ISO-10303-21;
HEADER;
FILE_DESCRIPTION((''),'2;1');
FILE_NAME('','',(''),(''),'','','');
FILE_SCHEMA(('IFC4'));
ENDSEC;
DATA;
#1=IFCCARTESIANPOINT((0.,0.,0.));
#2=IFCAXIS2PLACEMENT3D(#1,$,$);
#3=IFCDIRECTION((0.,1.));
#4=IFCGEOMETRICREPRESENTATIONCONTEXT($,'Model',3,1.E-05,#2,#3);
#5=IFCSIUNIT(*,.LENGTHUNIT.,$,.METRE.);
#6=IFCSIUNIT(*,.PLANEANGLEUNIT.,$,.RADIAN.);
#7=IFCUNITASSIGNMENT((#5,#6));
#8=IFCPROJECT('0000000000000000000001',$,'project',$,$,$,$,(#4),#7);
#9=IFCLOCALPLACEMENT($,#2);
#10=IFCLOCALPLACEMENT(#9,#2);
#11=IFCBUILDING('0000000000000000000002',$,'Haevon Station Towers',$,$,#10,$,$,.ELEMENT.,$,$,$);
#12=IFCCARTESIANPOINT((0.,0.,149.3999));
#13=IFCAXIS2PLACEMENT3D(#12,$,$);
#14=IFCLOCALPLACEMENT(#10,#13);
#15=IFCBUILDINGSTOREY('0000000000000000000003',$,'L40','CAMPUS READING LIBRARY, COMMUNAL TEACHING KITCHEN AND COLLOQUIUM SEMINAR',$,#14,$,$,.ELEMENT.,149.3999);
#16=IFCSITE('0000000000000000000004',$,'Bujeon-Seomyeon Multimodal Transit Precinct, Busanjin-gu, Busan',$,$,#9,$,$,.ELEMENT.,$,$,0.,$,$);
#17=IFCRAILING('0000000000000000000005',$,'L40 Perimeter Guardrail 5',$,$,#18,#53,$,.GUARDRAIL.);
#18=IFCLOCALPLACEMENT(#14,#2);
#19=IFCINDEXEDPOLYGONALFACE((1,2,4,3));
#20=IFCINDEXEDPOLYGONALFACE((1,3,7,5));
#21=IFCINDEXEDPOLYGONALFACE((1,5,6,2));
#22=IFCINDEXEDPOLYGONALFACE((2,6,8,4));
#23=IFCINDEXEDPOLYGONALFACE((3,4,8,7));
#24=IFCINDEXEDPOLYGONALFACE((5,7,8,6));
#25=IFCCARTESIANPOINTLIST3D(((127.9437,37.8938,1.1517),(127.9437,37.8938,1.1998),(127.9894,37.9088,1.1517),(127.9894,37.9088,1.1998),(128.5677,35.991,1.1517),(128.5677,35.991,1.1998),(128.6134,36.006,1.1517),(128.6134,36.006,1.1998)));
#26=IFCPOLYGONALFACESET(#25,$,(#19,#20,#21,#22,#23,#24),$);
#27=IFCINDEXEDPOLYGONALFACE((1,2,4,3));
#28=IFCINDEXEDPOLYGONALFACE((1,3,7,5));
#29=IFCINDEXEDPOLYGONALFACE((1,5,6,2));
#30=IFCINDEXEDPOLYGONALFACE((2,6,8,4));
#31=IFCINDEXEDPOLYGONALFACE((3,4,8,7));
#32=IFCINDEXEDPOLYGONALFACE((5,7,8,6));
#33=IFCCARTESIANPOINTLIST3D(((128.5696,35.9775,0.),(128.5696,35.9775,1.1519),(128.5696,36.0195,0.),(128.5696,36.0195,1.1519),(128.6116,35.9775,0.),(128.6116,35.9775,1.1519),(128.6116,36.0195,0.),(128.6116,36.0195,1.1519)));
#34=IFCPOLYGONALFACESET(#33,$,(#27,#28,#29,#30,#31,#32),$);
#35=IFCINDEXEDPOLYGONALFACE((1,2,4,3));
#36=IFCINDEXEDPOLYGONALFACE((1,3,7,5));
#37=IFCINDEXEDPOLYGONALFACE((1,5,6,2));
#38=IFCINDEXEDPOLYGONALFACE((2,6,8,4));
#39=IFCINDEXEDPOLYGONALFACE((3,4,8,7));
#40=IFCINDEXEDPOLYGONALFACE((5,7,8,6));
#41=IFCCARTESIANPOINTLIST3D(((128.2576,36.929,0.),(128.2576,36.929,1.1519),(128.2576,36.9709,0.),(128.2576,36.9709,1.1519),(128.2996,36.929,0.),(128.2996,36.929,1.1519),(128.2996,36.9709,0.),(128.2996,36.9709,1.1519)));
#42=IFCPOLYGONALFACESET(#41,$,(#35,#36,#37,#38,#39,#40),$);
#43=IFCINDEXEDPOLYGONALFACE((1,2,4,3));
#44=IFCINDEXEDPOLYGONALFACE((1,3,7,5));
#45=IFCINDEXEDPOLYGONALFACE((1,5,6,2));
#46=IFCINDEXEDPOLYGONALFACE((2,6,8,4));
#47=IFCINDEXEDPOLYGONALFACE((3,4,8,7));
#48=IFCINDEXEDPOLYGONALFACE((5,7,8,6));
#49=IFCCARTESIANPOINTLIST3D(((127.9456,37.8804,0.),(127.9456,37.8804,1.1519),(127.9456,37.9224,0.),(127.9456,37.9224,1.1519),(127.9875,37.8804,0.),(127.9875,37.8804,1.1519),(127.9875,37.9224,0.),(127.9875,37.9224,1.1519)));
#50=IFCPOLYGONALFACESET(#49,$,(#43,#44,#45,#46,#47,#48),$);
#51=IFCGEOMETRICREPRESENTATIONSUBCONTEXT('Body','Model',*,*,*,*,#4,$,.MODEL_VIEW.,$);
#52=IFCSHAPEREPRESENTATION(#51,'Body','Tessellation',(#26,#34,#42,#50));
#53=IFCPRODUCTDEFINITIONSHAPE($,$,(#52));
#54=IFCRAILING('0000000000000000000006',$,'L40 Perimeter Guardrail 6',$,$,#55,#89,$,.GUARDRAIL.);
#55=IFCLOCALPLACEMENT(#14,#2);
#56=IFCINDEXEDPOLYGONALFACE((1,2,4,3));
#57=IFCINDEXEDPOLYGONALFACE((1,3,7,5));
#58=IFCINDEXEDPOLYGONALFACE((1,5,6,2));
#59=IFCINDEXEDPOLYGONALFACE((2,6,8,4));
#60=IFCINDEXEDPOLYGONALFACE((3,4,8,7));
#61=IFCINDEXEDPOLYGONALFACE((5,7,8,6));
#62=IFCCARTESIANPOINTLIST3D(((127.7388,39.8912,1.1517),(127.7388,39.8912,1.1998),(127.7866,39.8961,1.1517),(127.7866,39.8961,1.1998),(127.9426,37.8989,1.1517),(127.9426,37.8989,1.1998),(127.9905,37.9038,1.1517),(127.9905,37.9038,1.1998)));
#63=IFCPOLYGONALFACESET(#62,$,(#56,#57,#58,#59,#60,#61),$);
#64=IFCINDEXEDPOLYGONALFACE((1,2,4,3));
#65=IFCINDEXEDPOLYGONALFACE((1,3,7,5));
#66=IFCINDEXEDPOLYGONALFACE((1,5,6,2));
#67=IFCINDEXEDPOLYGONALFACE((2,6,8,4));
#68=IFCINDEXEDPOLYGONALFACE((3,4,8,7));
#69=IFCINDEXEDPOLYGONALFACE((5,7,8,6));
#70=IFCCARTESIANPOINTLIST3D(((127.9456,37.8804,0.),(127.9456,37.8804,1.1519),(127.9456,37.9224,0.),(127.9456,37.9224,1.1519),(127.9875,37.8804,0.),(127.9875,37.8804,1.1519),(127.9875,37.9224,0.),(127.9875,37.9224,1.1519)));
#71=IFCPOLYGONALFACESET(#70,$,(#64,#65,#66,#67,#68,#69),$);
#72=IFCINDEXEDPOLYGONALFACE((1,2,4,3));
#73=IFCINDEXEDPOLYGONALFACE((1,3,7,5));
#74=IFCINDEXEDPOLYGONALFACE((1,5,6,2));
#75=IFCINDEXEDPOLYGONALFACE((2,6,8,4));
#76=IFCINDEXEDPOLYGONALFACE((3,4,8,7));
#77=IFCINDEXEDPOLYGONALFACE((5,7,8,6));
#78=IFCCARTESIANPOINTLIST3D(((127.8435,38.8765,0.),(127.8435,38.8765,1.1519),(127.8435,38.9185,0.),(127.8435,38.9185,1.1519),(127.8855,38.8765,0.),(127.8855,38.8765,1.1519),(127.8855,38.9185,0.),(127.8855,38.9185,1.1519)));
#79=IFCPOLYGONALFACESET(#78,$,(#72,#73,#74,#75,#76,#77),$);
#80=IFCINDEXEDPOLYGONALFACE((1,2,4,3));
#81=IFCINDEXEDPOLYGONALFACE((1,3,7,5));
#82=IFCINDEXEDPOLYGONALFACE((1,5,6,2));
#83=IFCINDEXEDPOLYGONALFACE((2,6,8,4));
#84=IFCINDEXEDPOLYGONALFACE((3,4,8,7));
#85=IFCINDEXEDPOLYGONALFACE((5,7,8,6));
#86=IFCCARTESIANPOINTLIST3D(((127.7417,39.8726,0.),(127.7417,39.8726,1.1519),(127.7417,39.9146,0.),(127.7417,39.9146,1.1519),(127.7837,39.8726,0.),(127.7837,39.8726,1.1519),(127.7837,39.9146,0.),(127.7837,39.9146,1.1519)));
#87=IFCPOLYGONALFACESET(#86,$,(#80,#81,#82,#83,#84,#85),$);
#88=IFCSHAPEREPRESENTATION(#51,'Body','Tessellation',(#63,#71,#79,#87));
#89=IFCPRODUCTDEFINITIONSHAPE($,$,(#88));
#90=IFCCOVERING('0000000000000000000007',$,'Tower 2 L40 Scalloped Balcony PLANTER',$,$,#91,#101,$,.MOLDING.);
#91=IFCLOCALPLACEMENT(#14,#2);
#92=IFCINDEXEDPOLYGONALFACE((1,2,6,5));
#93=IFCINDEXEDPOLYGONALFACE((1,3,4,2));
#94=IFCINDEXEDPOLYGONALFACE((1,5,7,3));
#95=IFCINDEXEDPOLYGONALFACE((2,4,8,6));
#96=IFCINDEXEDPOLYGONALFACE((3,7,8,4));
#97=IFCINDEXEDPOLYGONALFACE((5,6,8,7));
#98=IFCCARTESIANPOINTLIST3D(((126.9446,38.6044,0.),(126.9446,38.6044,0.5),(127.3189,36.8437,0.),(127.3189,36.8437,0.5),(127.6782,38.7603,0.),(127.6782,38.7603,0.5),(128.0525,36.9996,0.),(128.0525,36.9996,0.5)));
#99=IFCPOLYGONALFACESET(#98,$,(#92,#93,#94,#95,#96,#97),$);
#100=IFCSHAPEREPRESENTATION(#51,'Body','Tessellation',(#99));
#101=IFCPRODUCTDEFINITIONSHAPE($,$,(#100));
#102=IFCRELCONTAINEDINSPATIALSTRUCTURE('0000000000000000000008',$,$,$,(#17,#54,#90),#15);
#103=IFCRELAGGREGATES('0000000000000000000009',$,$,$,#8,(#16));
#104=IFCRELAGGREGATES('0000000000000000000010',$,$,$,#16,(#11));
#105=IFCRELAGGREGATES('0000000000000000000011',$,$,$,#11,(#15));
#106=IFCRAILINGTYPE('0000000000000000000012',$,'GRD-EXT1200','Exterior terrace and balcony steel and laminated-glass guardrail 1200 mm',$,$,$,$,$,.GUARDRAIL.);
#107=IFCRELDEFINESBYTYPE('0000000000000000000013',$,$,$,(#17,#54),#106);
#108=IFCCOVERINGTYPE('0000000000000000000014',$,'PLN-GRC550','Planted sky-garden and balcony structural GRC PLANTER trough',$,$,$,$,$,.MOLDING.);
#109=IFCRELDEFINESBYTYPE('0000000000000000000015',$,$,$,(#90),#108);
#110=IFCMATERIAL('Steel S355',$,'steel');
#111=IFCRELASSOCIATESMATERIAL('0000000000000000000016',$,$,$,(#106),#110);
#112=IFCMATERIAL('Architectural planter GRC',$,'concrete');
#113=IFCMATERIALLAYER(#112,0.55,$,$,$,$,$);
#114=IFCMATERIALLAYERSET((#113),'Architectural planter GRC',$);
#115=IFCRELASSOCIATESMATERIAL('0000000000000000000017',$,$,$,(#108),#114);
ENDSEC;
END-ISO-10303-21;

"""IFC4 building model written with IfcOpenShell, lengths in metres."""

from ifc_helpers import new_model, si_unit, direction, frame, origin, origin_2d, place, context, subcontext, project, spatial, rectangle, extrude, material, layer, layer_set, type_object, element, save


model = new_model("IFC4")

# Units and contexts
model_context = context("Model", 3, precision=1e-05, world=origin(), true_north=direction((0.0, 1.0)))
body_context = subcontext(model_context, "Body", "Model", "MODEL_VIEW")
ifc_project = project(units=[si_unit("LENGTHUNIT", "METRE"), si_unit("PLANEANGLEUNIT", "RADIAN")], contexts=[model_context])

# Site, building, storey
site_placement = place(None, origin())
site = spatial("IfcSite", under=ifc_project, at=site_placement, Name="Bujeon-Seomyeon Multimodal Transit Precinct, Busanjin-gu, Busan", CompositionType="ELEMENT", RefElevation=0.0)
building_placement = place(site_placement, origin())
building = spatial("IfcBuilding", under=site, at=building_placement, Name="Haevon Station Towers", CompositionType="ELEMENT")
storey_placement = place(building_placement, frame((0.0, 0.0, 149.3999)))
storey = spatial("IfcBuildingStorey", under=building, at=storey_placement, Name="L40", Description="CAMPUS READING LIBRARY, COMMUNAL TEACHING KITCHEN AND COLLOQUIUM SEMINAR", CompositionType="ELEMENT", Elevation=149.3999)

# Shared definitions
ifc_material_1 = material(Name="Steel S355", Category="steel")

# Railings
railing_type = type_object("IfcRailingType", Name="GRD-EXT1200", Description="Exterior terrace and balcony steel and laminated-glass guardrail 1200 mm", PredefinedType="GUARDRAIL", material=ifc_material_1)
railing_1_placement = place(storey_placement, frame((128.5906, 35.9985, 0.0)))
element("IfcRailing", 1, at=railing_1_placement, inside=storey, type_object=railing_type, Name="L40 Perimeter Guardrail 5", PredefinedType="GUARDRAIL", context=body_context, shape_type="SweptSolid", body=[
    extrude(rectangle(XDim=0.0481, YDim=0.0481, at=origin_2d()), frame((0.0, 0.0, 1.1758), z_axis=(-0.311616, 0.950208, 0.0), x_axis=(-0.950208, -0.311616, 0.0)), (0.0, 0.0, 1.0), 2.0024),
    extrude(rectangle(XDim=0.042, YDim=0.042, at=origin_2d()), origin(), (0.0, 0.0, 1.0), 1.1519),
    extrude(rectangle(XDim=0.042, YDim=0.042, at=origin_2d()), frame((-0.312, 0.9514, 0.0)), (0.0, 0.0, 1.0), 1.1519),
    extrude(rectangle(XDim=0.042, YDim=0.042, at=origin_2d()), frame((-0.624, 1.9028, 0.0)), (0.0, 0.0, 1.0), 1.1519),
])
railing_2_placement = place(storey_placement, frame((127.9666, 37.9014, 0.0)))
element("IfcRailing", 2, at=railing_2_placement, inside=storey, type_object=railing_type, Name="L40 Perimeter Guardrail 6", PredefinedType="GUARDRAIL", context=body_context, shape_type="SweptSolid", body=[
    extrude(rectangle(XDim=0.0481, YDim=0.0481, at=origin_2d()), frame((0.0, 0.0, 1.1758), z_axis=(-0.101797, 0.994805, 0.0), x_axis=(-0.994805, -0.101797, 0.0)), (0.0, 0.0, 1.0), 2.0027),
    extrude(rectangle(XDim=0.042, YDim=0.042, at=origin_2d()), origin(), (0.0, 0.0, 1.0), 1.1519),
    extrude(rectangle(XDim=0.042, YDim=0.042, at=origin_2d()), frame((-0.1021, 0.9961, 0.0)), (0.0, 0.0, 1.0), 1.1519),
    extrude(rectangle(XDim=0.042, YDim=0.042, at=origin_2d()), frame((-0.2039, 1.9922, 0.0)), (0.0, 0.0, 1.0), 1.1519),
])

# Covering
ifc_material_2 = material(Name="Architectural planter GRC", Category="concrete")
ifc_layer_1 = layer(ifc_material_2, 0.55)
ifc_layer_set_1 = layer_set([ifc_layer_1], Name="Architectural planter GRC")
covering_type = type_object("IfcCoveringType", Name="PLN-GRC550", Description="Planted sky-garden and balcony structural GRC PLANTER trough", PredefinedType="MOLDING", material=ifc_layer_set_1)
covering_placement = place(storey_placement, frame((127.4985, 37.802, 0.0), z_axis=(0.0, 0.0, 1.0), x_axis=(0.978148, 0.207912, 0.0)))
element("IfcCovering", 3, at=covering_placement, inside=storey, type_object=covering_type, Name="Tower 2 L40 Scalloped Balcony PLANTER", PredefinedType="MOLDING", context=body_context, shape_type="SweptSolid", body=[
    extrude(rectangle(XDim=0.75, YDim=1.8, at=origin_2d()), origin(), (0.0, 0.0, 1.0), 0.5),
])

save(model, "model.ifc")
